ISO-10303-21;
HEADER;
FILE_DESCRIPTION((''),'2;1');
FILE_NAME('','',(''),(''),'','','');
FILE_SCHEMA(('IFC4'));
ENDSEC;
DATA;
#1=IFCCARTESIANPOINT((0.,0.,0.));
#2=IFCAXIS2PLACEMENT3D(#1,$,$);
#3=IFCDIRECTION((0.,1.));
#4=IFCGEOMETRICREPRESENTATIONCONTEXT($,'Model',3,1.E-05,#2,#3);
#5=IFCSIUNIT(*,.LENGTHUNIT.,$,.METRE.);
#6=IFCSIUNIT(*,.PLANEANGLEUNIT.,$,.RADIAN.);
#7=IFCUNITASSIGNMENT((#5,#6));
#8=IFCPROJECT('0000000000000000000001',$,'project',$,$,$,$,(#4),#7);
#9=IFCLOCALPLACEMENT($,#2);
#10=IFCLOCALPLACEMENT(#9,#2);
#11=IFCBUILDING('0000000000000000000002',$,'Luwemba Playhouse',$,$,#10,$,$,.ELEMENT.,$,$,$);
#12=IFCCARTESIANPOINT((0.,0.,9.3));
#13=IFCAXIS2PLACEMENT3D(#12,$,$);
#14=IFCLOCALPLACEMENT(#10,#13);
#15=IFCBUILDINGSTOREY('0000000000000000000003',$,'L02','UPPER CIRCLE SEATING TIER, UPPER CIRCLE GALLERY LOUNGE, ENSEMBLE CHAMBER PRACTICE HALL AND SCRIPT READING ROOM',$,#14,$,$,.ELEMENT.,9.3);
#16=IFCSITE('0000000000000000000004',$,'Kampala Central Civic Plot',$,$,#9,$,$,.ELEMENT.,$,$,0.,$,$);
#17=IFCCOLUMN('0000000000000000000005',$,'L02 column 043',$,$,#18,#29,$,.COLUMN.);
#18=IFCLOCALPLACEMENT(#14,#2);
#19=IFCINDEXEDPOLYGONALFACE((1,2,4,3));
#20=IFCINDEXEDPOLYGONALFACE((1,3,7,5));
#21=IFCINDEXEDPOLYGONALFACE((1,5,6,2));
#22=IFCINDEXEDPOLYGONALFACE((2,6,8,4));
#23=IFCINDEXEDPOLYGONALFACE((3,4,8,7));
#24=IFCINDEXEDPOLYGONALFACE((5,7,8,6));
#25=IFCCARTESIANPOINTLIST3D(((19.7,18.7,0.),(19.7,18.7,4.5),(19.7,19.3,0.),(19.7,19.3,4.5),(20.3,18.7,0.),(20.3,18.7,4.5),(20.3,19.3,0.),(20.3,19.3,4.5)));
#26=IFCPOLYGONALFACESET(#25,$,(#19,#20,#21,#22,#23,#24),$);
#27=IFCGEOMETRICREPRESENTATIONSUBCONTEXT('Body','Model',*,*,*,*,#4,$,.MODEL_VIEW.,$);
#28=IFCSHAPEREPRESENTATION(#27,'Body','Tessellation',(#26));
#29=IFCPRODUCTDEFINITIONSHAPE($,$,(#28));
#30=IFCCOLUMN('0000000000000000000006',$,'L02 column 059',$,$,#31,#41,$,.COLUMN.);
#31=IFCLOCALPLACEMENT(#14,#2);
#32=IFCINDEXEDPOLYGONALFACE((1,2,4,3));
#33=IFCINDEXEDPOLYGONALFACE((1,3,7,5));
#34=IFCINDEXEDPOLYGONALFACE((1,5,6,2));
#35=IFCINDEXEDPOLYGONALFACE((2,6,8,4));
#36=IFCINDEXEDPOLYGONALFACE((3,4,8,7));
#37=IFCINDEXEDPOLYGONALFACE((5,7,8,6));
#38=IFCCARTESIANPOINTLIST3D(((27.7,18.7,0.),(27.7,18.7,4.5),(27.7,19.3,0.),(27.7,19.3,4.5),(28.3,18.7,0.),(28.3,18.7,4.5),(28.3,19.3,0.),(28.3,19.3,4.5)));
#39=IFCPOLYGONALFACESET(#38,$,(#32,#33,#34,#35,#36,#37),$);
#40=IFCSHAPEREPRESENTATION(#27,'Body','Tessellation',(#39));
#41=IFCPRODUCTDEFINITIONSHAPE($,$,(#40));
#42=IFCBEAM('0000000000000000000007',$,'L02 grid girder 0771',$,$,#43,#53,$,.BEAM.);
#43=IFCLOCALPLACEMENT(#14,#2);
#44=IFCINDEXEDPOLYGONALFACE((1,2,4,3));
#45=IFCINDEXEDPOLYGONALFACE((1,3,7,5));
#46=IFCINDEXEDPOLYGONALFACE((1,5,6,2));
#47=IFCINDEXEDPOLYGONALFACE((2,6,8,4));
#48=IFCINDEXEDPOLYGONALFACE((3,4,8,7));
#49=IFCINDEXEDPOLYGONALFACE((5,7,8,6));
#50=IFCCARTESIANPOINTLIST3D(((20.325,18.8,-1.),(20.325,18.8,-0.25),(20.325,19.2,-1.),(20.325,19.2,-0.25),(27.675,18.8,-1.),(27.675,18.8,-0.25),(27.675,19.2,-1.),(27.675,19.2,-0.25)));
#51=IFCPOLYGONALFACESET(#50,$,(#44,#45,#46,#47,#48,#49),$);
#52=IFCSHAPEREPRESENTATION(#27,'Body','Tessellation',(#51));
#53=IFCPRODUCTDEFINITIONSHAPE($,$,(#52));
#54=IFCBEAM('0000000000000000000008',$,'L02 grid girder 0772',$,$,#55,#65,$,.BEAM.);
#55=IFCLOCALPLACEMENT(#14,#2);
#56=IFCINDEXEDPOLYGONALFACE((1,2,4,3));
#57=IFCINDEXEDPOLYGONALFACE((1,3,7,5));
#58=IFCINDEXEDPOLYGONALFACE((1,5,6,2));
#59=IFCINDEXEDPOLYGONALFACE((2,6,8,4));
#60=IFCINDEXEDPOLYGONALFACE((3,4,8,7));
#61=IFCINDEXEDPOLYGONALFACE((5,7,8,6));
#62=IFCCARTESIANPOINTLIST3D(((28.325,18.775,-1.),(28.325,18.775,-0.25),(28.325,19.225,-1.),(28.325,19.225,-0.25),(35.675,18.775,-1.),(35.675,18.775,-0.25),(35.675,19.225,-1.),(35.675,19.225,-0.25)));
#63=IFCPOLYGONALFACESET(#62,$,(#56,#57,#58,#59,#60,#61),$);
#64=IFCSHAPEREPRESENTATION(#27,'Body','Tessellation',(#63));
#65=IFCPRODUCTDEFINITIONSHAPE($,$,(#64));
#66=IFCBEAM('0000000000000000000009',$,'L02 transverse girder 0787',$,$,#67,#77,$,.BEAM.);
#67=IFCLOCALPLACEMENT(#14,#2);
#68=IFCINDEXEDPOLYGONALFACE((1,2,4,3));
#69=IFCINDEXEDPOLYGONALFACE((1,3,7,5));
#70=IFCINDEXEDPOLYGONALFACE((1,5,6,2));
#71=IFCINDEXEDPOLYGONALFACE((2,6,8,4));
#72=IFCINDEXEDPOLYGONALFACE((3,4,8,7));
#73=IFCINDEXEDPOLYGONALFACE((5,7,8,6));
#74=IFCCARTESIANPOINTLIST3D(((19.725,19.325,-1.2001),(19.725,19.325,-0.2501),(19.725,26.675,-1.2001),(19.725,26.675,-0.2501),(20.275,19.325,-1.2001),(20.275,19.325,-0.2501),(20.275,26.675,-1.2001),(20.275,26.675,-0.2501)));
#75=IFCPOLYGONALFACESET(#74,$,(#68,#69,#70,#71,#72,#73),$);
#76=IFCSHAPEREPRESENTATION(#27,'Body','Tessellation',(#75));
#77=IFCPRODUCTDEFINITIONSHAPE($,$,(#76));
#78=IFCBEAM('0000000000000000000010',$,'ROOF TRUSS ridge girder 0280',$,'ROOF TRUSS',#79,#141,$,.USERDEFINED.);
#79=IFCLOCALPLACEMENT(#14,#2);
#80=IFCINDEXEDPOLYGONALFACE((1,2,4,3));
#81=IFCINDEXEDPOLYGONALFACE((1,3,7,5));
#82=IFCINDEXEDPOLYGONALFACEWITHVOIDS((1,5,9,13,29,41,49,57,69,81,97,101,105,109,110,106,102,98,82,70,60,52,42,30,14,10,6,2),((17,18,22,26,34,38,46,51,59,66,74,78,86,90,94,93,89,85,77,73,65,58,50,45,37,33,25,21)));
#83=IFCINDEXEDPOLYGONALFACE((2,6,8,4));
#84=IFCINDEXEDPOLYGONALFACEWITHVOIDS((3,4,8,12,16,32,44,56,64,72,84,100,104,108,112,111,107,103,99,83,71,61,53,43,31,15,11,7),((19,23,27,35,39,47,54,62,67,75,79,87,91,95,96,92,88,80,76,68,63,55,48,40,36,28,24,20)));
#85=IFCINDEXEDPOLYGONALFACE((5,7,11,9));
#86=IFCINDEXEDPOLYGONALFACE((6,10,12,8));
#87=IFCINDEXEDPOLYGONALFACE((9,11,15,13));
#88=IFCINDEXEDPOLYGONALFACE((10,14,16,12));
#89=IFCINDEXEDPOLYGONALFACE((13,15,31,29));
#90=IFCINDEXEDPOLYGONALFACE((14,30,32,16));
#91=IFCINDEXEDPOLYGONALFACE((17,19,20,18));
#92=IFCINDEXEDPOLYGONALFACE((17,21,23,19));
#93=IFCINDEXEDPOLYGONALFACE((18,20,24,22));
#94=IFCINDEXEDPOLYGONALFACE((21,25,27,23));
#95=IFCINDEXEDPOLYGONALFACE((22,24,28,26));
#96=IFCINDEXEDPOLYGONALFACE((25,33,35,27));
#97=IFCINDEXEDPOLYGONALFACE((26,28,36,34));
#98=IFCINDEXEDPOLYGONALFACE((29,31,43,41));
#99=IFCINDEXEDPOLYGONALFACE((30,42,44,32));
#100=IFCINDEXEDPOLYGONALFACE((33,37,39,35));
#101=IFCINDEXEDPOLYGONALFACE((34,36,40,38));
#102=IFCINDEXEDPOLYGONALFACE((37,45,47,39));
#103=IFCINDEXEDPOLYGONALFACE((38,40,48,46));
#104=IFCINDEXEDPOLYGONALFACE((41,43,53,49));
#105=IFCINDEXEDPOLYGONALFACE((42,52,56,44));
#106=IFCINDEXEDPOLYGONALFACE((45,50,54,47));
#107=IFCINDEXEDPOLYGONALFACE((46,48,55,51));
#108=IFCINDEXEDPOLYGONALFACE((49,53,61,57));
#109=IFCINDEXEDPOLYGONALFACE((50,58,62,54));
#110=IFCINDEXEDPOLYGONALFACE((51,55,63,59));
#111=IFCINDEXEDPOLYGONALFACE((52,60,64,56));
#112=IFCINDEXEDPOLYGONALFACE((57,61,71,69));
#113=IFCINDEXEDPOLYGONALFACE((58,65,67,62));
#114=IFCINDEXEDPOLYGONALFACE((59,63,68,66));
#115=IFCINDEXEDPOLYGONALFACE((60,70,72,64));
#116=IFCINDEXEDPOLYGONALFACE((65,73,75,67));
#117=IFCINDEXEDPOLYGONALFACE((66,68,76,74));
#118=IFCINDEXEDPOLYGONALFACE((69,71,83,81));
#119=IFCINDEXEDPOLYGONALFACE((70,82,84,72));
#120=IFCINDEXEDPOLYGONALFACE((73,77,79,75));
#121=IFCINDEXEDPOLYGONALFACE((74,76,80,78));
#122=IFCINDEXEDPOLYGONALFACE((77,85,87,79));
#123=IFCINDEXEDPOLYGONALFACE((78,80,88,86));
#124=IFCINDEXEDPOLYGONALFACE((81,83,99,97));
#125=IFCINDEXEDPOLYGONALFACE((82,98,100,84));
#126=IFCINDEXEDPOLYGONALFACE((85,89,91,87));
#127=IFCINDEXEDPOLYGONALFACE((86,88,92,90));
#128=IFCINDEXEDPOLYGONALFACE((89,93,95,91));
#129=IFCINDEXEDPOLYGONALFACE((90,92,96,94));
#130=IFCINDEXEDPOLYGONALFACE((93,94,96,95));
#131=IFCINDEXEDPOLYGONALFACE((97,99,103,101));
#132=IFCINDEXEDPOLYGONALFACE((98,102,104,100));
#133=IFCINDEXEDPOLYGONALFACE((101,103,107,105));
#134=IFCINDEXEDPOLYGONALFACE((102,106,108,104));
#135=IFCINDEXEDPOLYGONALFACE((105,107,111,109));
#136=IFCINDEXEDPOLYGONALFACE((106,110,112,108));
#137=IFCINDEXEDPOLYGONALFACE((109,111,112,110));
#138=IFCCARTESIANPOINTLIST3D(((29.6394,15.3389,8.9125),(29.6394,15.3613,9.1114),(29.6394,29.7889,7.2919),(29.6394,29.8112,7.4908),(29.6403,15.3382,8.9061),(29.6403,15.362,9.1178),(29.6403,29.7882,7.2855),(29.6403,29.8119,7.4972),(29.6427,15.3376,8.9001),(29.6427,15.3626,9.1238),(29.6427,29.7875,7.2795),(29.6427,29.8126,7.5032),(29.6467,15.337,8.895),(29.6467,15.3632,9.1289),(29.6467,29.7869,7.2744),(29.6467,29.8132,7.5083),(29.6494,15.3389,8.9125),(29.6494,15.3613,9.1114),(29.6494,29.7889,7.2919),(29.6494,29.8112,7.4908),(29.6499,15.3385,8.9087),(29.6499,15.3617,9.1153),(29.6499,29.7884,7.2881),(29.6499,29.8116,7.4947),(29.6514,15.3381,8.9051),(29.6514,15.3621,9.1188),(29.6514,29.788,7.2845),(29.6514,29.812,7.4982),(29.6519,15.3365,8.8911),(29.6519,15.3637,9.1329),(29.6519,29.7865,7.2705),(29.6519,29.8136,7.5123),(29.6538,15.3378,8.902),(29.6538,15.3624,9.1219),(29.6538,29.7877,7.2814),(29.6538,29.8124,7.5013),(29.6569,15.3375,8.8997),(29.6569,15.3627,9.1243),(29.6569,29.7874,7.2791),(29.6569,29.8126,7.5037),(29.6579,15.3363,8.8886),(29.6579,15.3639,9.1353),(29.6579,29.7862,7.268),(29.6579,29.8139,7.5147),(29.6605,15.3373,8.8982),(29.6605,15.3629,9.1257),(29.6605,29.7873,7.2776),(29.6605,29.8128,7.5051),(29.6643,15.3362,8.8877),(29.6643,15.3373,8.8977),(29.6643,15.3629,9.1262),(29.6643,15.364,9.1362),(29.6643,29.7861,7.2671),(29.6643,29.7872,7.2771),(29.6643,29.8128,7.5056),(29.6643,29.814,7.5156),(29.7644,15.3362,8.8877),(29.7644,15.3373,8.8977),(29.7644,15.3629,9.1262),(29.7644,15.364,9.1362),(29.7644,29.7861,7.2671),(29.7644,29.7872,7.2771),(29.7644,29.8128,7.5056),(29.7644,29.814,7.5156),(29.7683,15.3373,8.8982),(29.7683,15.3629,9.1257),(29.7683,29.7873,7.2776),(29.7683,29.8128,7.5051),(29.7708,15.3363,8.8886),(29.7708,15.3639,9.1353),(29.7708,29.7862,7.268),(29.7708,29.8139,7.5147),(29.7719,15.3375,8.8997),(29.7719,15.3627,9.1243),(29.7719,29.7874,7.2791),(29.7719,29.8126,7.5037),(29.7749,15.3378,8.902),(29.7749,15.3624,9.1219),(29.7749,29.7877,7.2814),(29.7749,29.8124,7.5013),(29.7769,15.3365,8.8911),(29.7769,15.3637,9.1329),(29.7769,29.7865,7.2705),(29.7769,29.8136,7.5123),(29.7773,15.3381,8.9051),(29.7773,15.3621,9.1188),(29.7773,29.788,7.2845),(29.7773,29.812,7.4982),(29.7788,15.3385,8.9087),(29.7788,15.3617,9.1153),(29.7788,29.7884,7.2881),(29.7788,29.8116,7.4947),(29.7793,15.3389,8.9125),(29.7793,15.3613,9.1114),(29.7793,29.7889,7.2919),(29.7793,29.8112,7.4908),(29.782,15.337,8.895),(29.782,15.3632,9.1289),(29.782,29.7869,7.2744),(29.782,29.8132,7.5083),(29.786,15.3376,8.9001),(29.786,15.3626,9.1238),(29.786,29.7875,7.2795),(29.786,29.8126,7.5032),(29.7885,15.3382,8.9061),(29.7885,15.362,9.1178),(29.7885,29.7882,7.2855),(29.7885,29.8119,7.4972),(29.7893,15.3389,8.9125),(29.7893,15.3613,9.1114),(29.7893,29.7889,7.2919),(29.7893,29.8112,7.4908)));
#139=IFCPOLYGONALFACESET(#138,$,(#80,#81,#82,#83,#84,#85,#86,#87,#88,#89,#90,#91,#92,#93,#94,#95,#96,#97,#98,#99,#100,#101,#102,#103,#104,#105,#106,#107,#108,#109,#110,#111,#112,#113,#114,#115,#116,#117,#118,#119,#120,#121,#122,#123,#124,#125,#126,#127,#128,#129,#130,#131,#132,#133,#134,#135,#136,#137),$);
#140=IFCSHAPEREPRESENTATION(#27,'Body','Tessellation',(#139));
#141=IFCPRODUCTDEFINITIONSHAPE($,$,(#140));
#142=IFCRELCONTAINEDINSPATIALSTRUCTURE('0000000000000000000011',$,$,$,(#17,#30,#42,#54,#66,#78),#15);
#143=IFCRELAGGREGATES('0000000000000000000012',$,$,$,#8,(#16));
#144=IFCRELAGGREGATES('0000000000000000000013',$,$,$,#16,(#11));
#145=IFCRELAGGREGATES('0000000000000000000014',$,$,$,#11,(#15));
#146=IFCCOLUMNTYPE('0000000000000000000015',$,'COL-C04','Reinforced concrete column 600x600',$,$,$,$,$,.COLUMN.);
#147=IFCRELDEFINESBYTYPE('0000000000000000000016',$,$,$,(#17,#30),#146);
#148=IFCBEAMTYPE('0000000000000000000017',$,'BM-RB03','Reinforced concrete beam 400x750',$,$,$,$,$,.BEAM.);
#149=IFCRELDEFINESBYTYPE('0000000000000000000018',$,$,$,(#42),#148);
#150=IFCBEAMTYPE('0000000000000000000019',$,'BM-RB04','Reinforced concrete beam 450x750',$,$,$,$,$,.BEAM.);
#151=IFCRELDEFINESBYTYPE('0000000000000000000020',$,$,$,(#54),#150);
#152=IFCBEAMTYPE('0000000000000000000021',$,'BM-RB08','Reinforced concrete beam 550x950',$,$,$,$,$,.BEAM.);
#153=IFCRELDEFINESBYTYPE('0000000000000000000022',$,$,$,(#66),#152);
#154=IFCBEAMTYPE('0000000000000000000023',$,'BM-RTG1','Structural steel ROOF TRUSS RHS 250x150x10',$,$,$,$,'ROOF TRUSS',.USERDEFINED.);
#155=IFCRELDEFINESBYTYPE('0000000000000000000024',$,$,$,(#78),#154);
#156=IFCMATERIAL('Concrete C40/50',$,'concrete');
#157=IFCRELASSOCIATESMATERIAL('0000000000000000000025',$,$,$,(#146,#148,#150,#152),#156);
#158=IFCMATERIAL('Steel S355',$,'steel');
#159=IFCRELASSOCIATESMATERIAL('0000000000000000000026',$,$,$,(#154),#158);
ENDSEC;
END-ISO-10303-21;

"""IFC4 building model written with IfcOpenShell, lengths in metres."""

from ifc_helpers import new_model, si_unit, direction, frame, origin, origin_2d, place, context, subcontext, project, spatial, rectangle, hollow_rectangle, extrude, material, material_profile, profile_set, type_object, element, save


model = new_model("IFC4")

# Units and contexts
model_context = context("Model", 3, precision=1e-05, world=origin(), true_north=direction((0.0, 1.0)))
body_context = subcontext(model_context, "Body", "Model", "MODEL_VIEW")
ifc_project = project(units=[si_unit("LENGTHUNIT", "METRE"), si_unit("PLANEANGLEUNIT", "RADIAN")], contexts=[model_context])

# Site, building, storey
site_placement = place(None, origin())
site = spatial("IfcSite", under=ifc_project, at=site_placement, Name="Kampala Central Civic Plot", CompositionType="ELEMENT", RefElevation=0.0)
building_placement = place(site_placement, origin())
building = spatial("IfcBuilding", under=site, at=building_placement, Name="Luwemba Playhouse", CompositionType="ELEMENT")
storey_placement = place(building_placement, frame((0.0, 0.0, 9.3)))
storey = spatial("IfcBuildingStorey", under=building, at=storey_placement, Name="L02", Description="UPPER CIRCLE SEATING TIER, UPPER CIRCLE GALLERY LOUNGE, ENSEMBLE CHAMBER PRACTICE HALL AND SCRIPT READING ROOM", CompositionType="ELEMENT", Elevation=9.3)

# Columns
ifc_material_1 = material(Name="Concrete C40/50", Category="concrete")
ifc_material_profile_1 = material_profile(ifc_material_1, rectangle(XDim=0.6001, YDim=0.6001, at=origin_2d()))
ifc_profile_set_1 = profile_set([ifc_material_profile_1], Name="Concrete C40/50")
column_type = type_object("IfcColumnType", Name="COL-C04", Description="Reinforced concrete column 600x600", PredefinedType="COLUMN", material=ifc_profile_set_1)
for number, where, z_axis, x_axis, name in (
    (1, (20.0, 19.0, 0.0), (0.0, 0.0, 1.0), (1.0, 0.0, 0.0), "L02 column 043"),
    (2, (28.0, 19.0, 0.0), (0.0, 0.0, 1.0), (1.0, 0.0, 0.0), "L02 column 059"),
):
    element("IfcColumn", number, at=place(storey_placement, frame(where, z_axis=z_axis, x_axis=x_axis)), inside=storey, type_object=column_type, Name=name, PredefinedType="COLUMN", context=body_context, shape_type="SweptSolid", body=[
        extrude(rectangle(XDim=0.6001, YDim=0.6001, at=origin_2d()), origin(), (0.0, 0.0, 1.0), 4.5),
    ])

# Beams
ifc_material_profile_2 = material_profile(ifc_material_1, rectangle(XDim=0.3999, YDim=0.75, at=origin_2d()))
ifc_profile_set_2 = profile_set([ifc_material_profile_2], Name="Concrete C40/50")
beam_type_1 = type_object("IfcBeamType", Name="BM-RB03", Description="Reinforced concrete beam 400x750", PredefinedType="BEAM", material=ifc_profile_set_2)
beam_1_placement = place(storey_placement, frame((20.325, 19.0, -0.625), z_axis=(1.0, 0.0, 0.0), x_axis=(0.0, 1.0, 0.0)))
element("IfcBeam", 3, at=beam_1_placement, inside=storey, type_object=beam_type_1, Name="L02 grid girder 0771", PredefinedType="BEAM", context=body_context, shape_type="SweptSolid", body=[
    extrude(rectangle(XDim=0.3999, YDim=0.75, at=origin_2d()), origin(), (0.0, 0.0, 1.0), 7.3501),
])
ifc_material_profile_3 = material_profile(ifc_material_1, rectangle(XDim=0.45, YDim=0.75, at=origin_2d()))
ifc_profile_set_3 = profile_set([ifc_material_profile_3], Name="Concrete C40/50")
beam_type_2 = type_object("IfcBeamType", Name="BM-RB04", Description="Reinforced concrete beam 450x750", PredefinedType="BEAM", material=ifc_profile_set_3)
beam_2_placement = place(storey_placement, frame((28.325, 19.0, -0.625), z_axis=(1.0, 0.0, 0.0), x_axis=(0.0, 1.0, 0.0)))
element("IfcBeam", 4, at=beam_2_placement, inside=storey, type_object=beam_type_2, Name="L02 grid girder 0772", PredefinedType="BEAM", context=body_context, shape_type="SweptSolid", body=[
    extrude(rectangle(XDim=0.45, YDim=0.75, at=origin_2d()), origin(), (0.0, 0.0, 1.0), 7.3501),
])
ifc_material_profile_4 = material_profile(ifc_material_1, rectangle(XDim=0.55, YDim=0.95, at=origin_2d()))
ifc_profile_set_4 = profile_set([ifc_material_profile_4], Name="Concrete C40/50")
beam_type_3 = type_object("IfcBeamType", Name="BM-RB08", Description="Reinforced concrete beam 550x950", PredefinedType="BEAM", material=ifc_profile_set_4)
beam_3_placement = place(storey_placement, frame((20.0, 19.325, -0.7251), z_axis=(0.0, 1.0, 0.0), x_axis=(-1.0, 0.0, 0.0)))
element("IfcBeam", 5, at=beam_3_placement, inside=storey, type_object=beam_type_3, Name="L02 transverse girder 0787", PredefinedType="BEAM", context=body_context, shape_type="SweptSolid", body=[
    extrude(rectangle(XDim=0.55, YDim=0.95, at=origin_2d()), origin(), (0.0, 0.0, 1.0), 7.3501),
])
ifc_material_2 = material(Name="Steel S355", Category="steel")
ifc_material_profile_5 = material_profile(ifc_material_2, hollow_rectangle(XDim=0.1499, YDim=0.25, WallThickness=0.01, InnerFilletRadius=0.0149, OuterFilletRadius=0.0249, at=origin_2d()))
ifc_profile_set_5 = profile_set([ifc_material_profile_5], Name="Steel S355")
beam_type_4 = type_object("IfcBeamType", Name="BM-RTG1", Description="Structural steel ROOF TRUSS RHS 250x150x10", ElementType="ROOF TRUSS", PredefinedType="USERDEFINED", material=ifc_profile_set_5)
beam_4_placement = place(storey_placement, frame((29.7144, 15.3501, 9.012), z_axis=(0.0, 0.99377, -0.111454), x_axis=(-1.0, 0.0, 0.0)))
element("IfcBeam", 6, at=beam_4_placement, inside=storey, type_object=beam_type_4, Name="ROOF TRUSS ridge girder 0280", ObjectType="ROOF TRUSS", PredefinedType="USERDEFINED", context=body_context, shape_type="SweptSolid", body=[
    extrude(hollow_rectangle(XDim=0.1499, YDim=0.25, WallThickness=0.01, InnerFilletRadius=0.0149, OuterFilletRadius=0.0249, at=origin_2d()), origin(), (0.0, 0.0, 1.0), 14.5405),
])

save(model, "model.ifc")
